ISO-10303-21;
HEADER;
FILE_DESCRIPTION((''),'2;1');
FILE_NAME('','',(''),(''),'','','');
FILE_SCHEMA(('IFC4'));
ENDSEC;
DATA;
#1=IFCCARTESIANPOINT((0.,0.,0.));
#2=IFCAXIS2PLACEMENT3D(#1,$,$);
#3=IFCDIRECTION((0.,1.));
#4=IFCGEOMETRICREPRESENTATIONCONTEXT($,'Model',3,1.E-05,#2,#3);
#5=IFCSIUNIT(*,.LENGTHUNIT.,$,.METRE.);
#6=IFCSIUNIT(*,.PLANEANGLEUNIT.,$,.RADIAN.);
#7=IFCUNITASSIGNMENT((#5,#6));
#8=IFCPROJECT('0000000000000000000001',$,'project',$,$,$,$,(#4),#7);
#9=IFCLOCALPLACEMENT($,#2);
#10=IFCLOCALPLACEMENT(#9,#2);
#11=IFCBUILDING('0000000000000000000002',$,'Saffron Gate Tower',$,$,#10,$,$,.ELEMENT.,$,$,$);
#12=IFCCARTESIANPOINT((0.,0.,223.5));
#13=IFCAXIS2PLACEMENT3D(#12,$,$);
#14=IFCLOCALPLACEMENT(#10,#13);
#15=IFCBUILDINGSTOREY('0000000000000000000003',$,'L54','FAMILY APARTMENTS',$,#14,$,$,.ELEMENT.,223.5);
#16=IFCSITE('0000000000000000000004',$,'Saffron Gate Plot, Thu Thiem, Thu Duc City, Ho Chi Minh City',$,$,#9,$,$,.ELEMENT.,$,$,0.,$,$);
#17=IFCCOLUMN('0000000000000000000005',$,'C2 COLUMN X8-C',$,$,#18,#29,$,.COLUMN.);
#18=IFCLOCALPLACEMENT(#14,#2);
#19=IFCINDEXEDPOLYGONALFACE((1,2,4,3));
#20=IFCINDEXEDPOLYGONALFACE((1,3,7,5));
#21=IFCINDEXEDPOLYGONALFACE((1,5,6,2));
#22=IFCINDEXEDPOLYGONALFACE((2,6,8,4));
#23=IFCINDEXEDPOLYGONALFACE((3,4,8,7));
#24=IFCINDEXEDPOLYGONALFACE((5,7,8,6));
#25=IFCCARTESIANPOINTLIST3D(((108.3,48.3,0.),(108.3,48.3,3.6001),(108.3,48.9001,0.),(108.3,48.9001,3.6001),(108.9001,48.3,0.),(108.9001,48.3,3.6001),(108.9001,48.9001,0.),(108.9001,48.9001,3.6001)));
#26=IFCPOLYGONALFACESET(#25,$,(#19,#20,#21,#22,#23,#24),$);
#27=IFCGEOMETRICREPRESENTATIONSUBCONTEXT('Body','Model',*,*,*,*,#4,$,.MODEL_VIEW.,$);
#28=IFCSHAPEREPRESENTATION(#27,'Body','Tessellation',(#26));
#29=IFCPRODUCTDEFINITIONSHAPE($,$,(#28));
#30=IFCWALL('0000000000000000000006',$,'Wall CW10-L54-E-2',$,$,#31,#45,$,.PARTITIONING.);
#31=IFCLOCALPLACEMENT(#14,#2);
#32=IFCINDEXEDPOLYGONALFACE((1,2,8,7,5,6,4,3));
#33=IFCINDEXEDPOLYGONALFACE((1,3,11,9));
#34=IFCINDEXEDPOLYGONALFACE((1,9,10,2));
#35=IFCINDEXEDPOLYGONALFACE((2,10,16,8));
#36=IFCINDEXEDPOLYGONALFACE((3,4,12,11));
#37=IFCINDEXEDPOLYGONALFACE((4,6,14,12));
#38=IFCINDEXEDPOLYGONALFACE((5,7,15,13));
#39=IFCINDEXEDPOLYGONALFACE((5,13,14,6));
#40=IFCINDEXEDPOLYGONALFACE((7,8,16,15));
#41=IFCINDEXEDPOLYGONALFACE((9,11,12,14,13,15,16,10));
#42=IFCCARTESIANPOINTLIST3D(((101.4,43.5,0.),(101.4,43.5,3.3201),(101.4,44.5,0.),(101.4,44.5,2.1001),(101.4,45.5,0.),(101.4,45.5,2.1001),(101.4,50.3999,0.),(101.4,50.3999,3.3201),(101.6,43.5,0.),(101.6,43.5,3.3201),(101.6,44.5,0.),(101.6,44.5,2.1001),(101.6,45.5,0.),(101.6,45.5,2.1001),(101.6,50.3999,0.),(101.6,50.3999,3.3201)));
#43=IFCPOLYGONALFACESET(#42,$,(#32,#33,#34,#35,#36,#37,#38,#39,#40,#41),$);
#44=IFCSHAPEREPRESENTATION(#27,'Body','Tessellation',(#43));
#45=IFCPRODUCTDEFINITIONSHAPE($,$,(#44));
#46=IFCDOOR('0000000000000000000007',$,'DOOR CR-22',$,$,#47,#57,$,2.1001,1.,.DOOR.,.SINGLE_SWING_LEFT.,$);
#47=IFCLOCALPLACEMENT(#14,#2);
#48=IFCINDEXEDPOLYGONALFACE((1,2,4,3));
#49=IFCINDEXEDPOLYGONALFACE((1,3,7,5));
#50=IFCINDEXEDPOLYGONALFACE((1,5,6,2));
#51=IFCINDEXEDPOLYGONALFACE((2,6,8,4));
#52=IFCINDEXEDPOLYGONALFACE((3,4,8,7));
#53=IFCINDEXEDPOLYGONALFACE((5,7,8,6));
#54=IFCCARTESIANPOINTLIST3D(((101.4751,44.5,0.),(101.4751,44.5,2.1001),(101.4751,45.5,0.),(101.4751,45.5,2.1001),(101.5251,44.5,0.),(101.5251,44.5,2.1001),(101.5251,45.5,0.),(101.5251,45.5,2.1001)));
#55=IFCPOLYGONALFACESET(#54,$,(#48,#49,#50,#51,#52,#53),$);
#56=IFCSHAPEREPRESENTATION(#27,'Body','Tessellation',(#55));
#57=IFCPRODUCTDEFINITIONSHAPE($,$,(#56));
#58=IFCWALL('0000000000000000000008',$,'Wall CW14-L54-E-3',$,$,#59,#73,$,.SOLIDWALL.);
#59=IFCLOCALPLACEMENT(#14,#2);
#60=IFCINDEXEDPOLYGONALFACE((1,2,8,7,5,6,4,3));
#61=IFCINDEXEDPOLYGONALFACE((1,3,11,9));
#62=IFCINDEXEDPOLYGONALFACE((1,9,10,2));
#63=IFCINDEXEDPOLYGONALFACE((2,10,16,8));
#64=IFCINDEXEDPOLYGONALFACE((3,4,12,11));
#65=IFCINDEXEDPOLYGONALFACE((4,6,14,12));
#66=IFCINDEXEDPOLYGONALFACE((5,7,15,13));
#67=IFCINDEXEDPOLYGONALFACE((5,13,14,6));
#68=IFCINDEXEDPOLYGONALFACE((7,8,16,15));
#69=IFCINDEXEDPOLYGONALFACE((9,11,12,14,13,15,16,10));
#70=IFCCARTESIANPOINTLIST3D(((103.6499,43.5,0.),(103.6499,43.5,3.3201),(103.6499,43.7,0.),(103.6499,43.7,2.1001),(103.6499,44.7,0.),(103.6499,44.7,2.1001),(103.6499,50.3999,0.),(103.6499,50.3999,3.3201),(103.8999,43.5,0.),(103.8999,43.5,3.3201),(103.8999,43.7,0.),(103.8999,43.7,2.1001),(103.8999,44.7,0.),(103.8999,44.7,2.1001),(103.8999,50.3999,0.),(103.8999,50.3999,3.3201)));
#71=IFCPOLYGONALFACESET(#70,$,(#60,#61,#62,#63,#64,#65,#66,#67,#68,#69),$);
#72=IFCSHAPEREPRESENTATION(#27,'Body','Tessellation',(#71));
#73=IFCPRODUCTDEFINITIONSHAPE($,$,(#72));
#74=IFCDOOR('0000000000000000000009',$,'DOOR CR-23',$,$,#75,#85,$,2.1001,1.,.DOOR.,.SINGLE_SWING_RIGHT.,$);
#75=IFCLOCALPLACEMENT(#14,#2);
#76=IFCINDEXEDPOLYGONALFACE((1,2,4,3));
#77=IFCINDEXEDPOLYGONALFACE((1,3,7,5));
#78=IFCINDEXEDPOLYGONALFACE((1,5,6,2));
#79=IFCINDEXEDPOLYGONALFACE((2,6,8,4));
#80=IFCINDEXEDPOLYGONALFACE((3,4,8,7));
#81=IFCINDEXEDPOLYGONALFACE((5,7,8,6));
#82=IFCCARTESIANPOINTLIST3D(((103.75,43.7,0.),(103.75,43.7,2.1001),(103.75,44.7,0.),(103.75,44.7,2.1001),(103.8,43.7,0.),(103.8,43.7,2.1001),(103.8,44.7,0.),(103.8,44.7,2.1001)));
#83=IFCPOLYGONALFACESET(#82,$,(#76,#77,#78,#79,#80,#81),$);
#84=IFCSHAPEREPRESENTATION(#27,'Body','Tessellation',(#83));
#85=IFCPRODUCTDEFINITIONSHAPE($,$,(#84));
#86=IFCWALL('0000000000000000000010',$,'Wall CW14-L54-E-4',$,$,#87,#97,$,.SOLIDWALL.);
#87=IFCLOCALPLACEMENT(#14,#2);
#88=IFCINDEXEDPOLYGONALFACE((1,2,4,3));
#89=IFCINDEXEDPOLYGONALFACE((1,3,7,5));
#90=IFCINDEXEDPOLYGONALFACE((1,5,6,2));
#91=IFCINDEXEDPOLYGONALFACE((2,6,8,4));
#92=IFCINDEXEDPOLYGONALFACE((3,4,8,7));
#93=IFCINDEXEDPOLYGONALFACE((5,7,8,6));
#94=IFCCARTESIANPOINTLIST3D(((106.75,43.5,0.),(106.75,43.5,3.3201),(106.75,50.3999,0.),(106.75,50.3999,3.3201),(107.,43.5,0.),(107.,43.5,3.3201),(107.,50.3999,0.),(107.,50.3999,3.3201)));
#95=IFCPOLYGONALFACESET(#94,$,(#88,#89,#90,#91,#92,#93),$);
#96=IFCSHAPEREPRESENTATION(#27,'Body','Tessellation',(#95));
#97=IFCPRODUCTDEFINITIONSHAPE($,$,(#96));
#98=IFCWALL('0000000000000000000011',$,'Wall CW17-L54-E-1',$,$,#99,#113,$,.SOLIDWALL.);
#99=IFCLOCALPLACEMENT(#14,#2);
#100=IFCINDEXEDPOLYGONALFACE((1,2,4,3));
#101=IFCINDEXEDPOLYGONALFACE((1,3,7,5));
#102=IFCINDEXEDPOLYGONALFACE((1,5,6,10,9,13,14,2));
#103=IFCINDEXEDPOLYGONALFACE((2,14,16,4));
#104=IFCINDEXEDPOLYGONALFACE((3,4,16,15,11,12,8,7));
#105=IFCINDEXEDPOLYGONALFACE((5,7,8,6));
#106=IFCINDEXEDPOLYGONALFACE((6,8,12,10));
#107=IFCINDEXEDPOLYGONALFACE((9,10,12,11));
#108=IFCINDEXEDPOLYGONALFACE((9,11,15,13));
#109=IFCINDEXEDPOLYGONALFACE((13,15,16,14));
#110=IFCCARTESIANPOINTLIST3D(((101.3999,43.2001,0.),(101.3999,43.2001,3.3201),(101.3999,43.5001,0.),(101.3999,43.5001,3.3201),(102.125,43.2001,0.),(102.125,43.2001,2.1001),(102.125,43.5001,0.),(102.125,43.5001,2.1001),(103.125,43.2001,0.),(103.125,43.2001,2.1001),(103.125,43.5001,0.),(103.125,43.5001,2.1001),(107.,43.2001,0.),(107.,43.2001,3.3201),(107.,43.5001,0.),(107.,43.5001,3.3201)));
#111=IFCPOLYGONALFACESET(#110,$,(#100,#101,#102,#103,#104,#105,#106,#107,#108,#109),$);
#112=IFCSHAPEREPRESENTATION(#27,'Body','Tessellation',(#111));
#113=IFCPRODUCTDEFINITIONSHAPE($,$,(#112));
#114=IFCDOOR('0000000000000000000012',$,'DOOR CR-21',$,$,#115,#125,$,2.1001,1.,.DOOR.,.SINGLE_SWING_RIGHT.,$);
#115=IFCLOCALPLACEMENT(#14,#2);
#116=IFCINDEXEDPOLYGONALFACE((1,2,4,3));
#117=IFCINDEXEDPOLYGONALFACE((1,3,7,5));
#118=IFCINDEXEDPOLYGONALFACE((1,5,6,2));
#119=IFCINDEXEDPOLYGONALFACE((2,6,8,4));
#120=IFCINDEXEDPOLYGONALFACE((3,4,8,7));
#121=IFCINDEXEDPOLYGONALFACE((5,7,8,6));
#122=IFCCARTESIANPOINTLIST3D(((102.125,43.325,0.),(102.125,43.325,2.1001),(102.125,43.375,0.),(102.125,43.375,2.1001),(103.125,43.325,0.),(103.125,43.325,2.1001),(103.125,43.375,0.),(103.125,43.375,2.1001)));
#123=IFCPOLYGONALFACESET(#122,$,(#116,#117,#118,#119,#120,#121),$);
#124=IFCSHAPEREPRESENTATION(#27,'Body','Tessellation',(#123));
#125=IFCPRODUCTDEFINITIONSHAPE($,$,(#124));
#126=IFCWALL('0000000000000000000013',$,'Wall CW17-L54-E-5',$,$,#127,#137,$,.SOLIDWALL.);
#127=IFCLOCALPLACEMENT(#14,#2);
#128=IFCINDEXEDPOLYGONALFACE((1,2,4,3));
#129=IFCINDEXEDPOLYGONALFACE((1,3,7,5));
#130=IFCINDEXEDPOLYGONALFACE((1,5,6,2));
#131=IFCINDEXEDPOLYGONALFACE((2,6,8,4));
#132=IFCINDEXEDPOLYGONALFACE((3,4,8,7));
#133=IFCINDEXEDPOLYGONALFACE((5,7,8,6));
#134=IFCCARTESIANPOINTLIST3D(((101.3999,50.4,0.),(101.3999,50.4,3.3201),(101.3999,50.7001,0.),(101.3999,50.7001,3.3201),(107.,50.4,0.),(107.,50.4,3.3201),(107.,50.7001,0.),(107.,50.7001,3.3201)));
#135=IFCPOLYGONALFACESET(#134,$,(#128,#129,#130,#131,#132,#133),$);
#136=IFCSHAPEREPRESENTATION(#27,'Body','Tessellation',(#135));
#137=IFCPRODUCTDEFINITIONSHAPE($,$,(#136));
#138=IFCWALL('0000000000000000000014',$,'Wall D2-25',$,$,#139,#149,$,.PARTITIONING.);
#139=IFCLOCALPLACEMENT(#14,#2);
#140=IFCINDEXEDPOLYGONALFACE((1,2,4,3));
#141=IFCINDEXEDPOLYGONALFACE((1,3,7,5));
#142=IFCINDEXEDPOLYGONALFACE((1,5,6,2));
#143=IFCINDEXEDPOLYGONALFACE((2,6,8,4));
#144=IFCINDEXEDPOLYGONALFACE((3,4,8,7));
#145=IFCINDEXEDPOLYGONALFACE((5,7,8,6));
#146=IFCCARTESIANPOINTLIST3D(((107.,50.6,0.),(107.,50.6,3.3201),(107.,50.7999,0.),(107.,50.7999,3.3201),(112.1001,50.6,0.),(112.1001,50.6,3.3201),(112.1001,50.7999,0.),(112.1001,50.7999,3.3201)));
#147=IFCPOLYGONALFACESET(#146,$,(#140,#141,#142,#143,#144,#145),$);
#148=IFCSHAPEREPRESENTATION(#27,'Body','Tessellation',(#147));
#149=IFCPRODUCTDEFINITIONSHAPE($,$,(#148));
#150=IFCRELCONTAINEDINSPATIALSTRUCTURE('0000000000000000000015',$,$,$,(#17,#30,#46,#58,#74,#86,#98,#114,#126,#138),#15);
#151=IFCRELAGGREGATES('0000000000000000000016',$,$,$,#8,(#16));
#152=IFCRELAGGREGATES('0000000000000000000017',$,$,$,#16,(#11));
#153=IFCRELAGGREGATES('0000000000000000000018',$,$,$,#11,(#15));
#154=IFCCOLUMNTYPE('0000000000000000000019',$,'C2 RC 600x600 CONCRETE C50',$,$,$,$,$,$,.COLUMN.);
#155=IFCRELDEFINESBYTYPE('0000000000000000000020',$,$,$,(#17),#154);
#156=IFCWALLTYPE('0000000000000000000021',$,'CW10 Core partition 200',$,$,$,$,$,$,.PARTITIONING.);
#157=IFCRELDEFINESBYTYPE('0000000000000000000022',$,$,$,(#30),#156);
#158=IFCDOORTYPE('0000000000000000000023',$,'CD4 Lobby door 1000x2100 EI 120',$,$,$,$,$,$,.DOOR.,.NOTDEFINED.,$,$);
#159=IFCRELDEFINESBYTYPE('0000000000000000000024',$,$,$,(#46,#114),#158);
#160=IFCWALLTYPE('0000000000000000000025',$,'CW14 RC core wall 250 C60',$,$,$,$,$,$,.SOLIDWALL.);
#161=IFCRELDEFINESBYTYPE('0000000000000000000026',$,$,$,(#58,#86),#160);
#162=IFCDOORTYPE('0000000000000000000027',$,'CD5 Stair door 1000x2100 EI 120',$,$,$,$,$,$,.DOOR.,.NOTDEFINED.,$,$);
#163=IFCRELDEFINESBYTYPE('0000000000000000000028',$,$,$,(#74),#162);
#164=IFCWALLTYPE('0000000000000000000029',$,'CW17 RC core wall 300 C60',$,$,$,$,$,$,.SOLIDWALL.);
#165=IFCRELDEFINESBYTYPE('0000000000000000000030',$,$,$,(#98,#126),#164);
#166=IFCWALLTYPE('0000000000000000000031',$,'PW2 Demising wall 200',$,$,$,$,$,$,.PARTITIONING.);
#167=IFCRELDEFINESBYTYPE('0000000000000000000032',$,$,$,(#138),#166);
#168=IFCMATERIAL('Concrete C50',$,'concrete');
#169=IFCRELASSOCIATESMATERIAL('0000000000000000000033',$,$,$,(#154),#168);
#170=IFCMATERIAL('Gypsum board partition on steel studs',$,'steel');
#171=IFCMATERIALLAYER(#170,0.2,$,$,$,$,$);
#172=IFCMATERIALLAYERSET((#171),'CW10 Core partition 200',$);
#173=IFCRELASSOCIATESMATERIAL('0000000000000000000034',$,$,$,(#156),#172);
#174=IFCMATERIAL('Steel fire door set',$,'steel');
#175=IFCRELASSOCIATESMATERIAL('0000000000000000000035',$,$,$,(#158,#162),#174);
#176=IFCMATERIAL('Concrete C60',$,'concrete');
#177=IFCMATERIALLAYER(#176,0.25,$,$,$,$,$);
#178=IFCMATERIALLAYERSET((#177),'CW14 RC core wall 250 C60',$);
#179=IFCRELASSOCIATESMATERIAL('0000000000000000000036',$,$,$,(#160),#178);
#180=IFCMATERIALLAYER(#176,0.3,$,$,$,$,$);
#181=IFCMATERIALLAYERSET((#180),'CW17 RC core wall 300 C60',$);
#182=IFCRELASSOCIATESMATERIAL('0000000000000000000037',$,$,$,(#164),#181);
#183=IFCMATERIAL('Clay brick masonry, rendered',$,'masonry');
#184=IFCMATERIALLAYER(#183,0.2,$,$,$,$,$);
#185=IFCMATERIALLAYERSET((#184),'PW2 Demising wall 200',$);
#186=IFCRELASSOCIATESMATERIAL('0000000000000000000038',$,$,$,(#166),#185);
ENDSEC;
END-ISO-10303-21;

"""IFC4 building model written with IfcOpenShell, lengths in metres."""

from ifc_helpers import new_model, si_unit, direction, frame, frame_2d, origin, origin_2d, place, context, subcontext, project, spatial, rectangle, extrude, material, layer, layer_set, material_profile, profile_set, type_object, element, fill, save


model = new_model("IFC4")

# Units and contexts
model_context = context("Model", 3, precision=1e-05, world=origin(), true_north=direction((0.0, 1.0)))
body_context = subcontext(model_context, "Body", "Model", "MODEL_VIEW")
ifc_project = project(units=[si_unit("LENGTHUNIT", "METRE"), si_unit("PLANEANGLEUNIT", "RADIAN")], contexts=[model_context])

# Site, building, storey
site_placement = place(None, origin())
site = spatial("IfcSite", under=ifc_project, at=site_placement, Name="Saffron Gate Plot, Thu Thiem, Thu Duc City, Ho Chi Minh City", CompositionType="ELEMENT", RefElevation=0.0)
building_placement = place(site_placement, origin())
building = spatial("IfcBuilding", under=site, at=building_placement, Name="Saffron Gate Tower", CompositionType="ELEMENT")
storey_placement = place(building_placement, frame((0.0, 0.0, 223.5)))
storey = spatial("IfcBuildingStorey", under=building, at=storey_placement, Name="L54", Description="FAMILY APARTMENTS", CompositionType="ELEMENT", Elevation=223.5)

# Column
ifc_material_1 = material(Name="Concrete C50", Category="concrete")
ifc_material_profile = material_profile(ifc_material_1, rectangle(XDim=0.6001, YDim=0.6001, at=origin_2d()))
ifc_profile_set = profile_set([ifc_material_profile], Name="Concrete C50")
column_type = type_object("IfcColumnType", Name="C2 RC 600x600 CONCRETE C50", PredefinedType="COLUMN", material=ifc_profile_set)
column_placement = place(storey_placement, frame((108.6001, 48.6001, 0.0), z_axis=(0.0, 0.0, 1.0), x_axis=(1.0, 0.0, 0.0)))
element("IfcColumn", 1, at=column_placement, inside=storey, type_object=column_type, Name="C2 COLUMN X8-C", PredefinedType="COLUMN", context=body_context, shape_type="SweptSolid", body=[
    extrude(rectangle(XDim=0.6001, YDim=0.6001, at=origin_2d()), origin(), (0.0, 0.0, 1.0), 3.6001),
])

# Walls, openings, doors
ifc_material_2 = material(Name="Gypsum board partition on steel studs", Category="steel")
ifc_layer_1 = layer(ifc_material_2, 0.2)
ifc_layer_set_1 = layer_set([ifc_layer_1], Name="CW10 Core partition 200")
wall_type_1 = type_object("IfcWallType", Name="CW10 Core partition 200", PredefinedType="PARTITIONING", material=ifc_layer_set_1)
wall_1_placement = place(storey_placement, frame((101.5, 43.5, 0.0), z_axis=(0.0, 0.0, 1.0), x_axis=(0.0, 1.0, 0.0)))
wall_1 = element("IfcWall", 2, at=wall_1_placement, inside=storey, type_object=wall_type_1, Name="Wall CW10-L54-E-2", PredefinedType="PARTITIONING", context=body_context, shape_type="SweptSolid", body=[
    extrude(rectangle(XDim=6.8999, YDim=0.2, at=frame_2d((3.45, 0.0))), origin(), (0.0, 0.0, 1.0), 3.3201),
])
opening_1_placement = place(wall_1_placement, frame((1.0, 0.0, 0.0)))
opening_1 = element("IfcOpeningElement", 3, at=opening_1_placement, cuts=wall_1, PredefinedType="OPENING", context=body_context, shape_type="SweptSolid", body=[
    extrude(rectangle(XDim=1.0, YDim=2.1001, at=frame_2d((0.5, 1.05))), frame((0.0, 0.1099, 0.0), z_axis=(0.0, -1.0, 0.0), x_axis=(1.0, 0.0, 0.0)), (0.0, 0.0, 1.0), 0.22),
])
ifc_material_3 = material(Name="Steel fire door set", Category="steel")
door_type_1 = type_object("IfcDoorType", Name="CD4 Lobby door 1000x2100 EI 120", OperationType="NOTDEFINED", PredefinedType="DOOR", material=ifc_material_3)
door_1_placement = place(opening_1_placement, origin())
door_1 = element("IfcDoor", 4, at=door_1_placement, inside=storey, type_object=door_type_1, Name="DOOR CR-22", OperationType="SINGLE_SWING_LEFT", OverallHeight=2.1001, OverallWidth=1.0, PredefinedType="DOOR", context=body_context, shape_type="SweptSolid", body=[
    extrude(rectangle(XDim=1.0, YDim=2.1001, at=frame_2d((0.5, 1.05))), frame((0.0, 0.0249, 0.0), z_axis=(0.0, -1.0, 0.0), x_axis=(1.0, 0.0, 0.0)), (0.0, 0.0, 1.0), 0.05),
])
fill(opening_1, door_1)
ifc_material_4 = material(Name="Concrete C60", Category="concrete")
ifc_layer_2 = layer(ifc_material_4, 0.25)
ifc_layer_set_2 = layer_set([ifc_layer_2], Name="CW14 RC core wall 250 C60")
wall_type_2 = type_object("IfcWallType", Name="CW14 RC core wall 250 C60", PredefinedType="SOLIDWALL", material=ifc_layer_set_2)
wall_2_placement = place(storey_placement, frame((103.7749, 43.5, 0.0), z_axis=(0.0, 0.0, 1.0), x_axis=(0.0, 1.0, 0.0)))
wall_2 = element("IfcWall", 5, at=wall_2_placement, inside=storey, type_object=wall_type_2, Name="Wall CW14-L54-E-3", PredefinedType="SOLIDWALL", context=body_context, shape_type="SweptSolid", body=[
    extrude(rectangle(XDim=6.8999, YDim=0.25, at=frame_2d((3.45, 0.0))), origin(), (0.0, 0.0, 1.0), 3.3201),
])
opening_2_placement = place(wall_2_placement, frame((0.2, 0.0, 0.0)))
opening_2 = element("IfcOpeningElement", 6, at=opening_2_placement, cuts=wall_2, PredefinedType="OPENING", context=body_context, shape_type="SweptSolid", body=[
    extrude(rectangle(XDim=1.0, YDim=2.1001, at=frame_2d((0.5, 1.05))), frame((0.0, 0.135, 0.0), z_axis=(0.0, -1.0, 0.0), x_axis=(1.0, 0.0, 0.0)), (0.0, 0.0, 1.0), 0.27),
])
door_type_2 = type_object("IfcDoorType", Name="CD5 Stair door 1000x2100 EI 120", OperationType="NOTDEFINED", PredefinedType="DOOR", material=ifc_material_3)
door_2_placement = place(opening_2_placement, origin())
door_2 = element("IfcDoor", 7, at=door_2_placement, inside=storey, type_object=door_type_2, Name="DOOR CR-23", OperationType="SINGLE_SWING_RIGHT", OverallHeight=2.1001, OverallWidth=1.0, PredefinedType="DOOR", context=body_context, shape_type="SweptSolid", body=[
    extrude(rectangle(XDim=1.0, YDim=2.1001, at=frame_2d((0.5, 1.05))), frame((0.0, 0.0249, 0.0), z_axis=(0.0, -1.0, 0.0), x_axis=(1.0, 0.0, 0.0)), (0.0, 0.0, 1.0), 0.05),
])
fill(opening_2, door_2)

# Wall
wall_3_placement = place(storey_placement, frame((106.875, 43.5, 0.0), z_axis=(0.0, 0.0, 1.0), x_axis=(0.0, 1.0, 0.0)))
element("IfcWall", 8, at=wall_3_placement, inside=storey, type_object=wall_type_2, Name="Wall CW14-L54-E-4", PredefinedType="SOLIDWALL", context=body_context, shape_type="SweptSolid", body=[
    extrude(rectangle(XDim=6.8999, YDim=0.25, at=frame_2d((3.45, 0.0))), origin(), (0.0, 0.0, 1.0), 3.3201),
])

# Wall, opening, door
ifc_layer_3 = layer(ifc_material_4, 0.3)
ifc_layer_set_3 = layer_set([ifc_layer_3], Name="CW17 RC core wall 300 C60")
wall_type_3 = type_object("IfcWallType", Name="CW17 RC core wall 300 C60", PredefinedType="SOLIDWALL", material=ifc_layer_set_3)
wall_4_placement = place(storey_placement, frame((101.3999, 43.3501, 0.0), z_axis=(0.0, 0.0, 1.0), x_axis=(1.0, 0.0, 0.0)))
wall_4 = element("IfcWall", 9, at=wall_4_placement, inside=storey, type_object=wall_type_3, Name="Wall CW17-L54-E-1", PredefinedType="SOLIDWALL", context=body_context, shape_type="SweptSolid", body=[
    extrude(rectangle(XDim=5.6001, YDim=0.3, at=frame_2d((2.8, 0.0))), origin(), (0.0, 0.0, 1.0), 3.3201),
])
opening_3_placement = place(wall_4_placement, frame((0.7251, 0.0, 0.0)))
opening_3 = element("IfcOpeningElement", 10, at=opening_3_placement, cuts=wall_4, PredefinedType="OPENING", context=body_context, shape_type="SweptSolid", body=[
    extrude(rectangle(XDim=1.0, YDim=2.1001, at=frame_2d((0.5, 1.05))), frame((0.0, 0.1602, 0.0), z_axis=(0.0, -1.0, 0.0), x_axis=(1.0, 0.0, 0.0)), (0.0, 0.0, 1.0), 0.3201),
])
door_3_placement = place(opening_3_placement, origin())
door_3 = element("IfcDoor", 11, at=door_3_placement, inside=storey, type_object=door_type_1, Name="DOOR CR-21", OperationType="SINGLE_SWING_RIGHT", OverallHeight=2.1001, OverallWidth=1.0, PredefinedType="DOOR", context=body_context, shape_type="SweptSolid", body=[
    extrude(rectangle(XDim=1.0, YDim=2.1001, at=frame_2d((0.5, 1.05))), frame((0.0, 0.0249, 0.0), z_axis=(0.0, -1.0, 0.0), x_axis=(1.0, 0.0, 0.0)), (0.0, 0.0, 1.0), 0.05),
])
fill(opening_3, door_3)

# Walls
wall_5_placement = place(storey_placement, frame((101.3999, 50.55, 0.0), z_axis=(0.0, 0.0, 1.0), x_axis=(1.0, 0.0, 0.0)))
element("IfcWall", 12, at=wall_5_placement, inside=storey, type_object=wall_type_3, Name="Wall CW17-L54-E-5", PredefinedType="SOLIDWALL", context=body_context, shape_type="SweptSolid", body=[
    extrude(rectangle(XDim=5.6001, YDim=0.3, at=frame_2d((2.8, 0.0))), origin(), (0.0, 0.0, 1.0), 3.3201),
])
ifc_material_5 = material(Name="Clay brick masonry, rendered", Category="masonry")
ifc_layer_4 = layer(ifc_material_5, 0.2)
ifc_layer_set_4 = layer_set([ifc_layer_4], Name="PW2 Demising wall 200")
wall_type_4 = type_object("IfcWallType", Name="PW2 Demising wall 200", PredefinedType="PARTITIONING", material=ifc_layer_set_4)
wall_6_placement = place(storey_placement, frame((107.0, 50.7, 0.0), z_axis=(0.0, 0.0, 1.0), x_axis=(1.0, 0.0, 0.0)))
element("IfcWall", 13, at=wall_6_placement, inside=storey, type_object=wall_type_4, Name="Wall D2-25", PredefinedType="PARTITIONING", context=body_context, shape_type="SweptSolid", body=[
    extrude(rectangle(XDim=5.1001, YDim=0.2, at=frame_2d((2.55, 0.0))), origin(), (0.0, 0.0, 1.0), 3.3201),
])

save(model, "model.ifc")
